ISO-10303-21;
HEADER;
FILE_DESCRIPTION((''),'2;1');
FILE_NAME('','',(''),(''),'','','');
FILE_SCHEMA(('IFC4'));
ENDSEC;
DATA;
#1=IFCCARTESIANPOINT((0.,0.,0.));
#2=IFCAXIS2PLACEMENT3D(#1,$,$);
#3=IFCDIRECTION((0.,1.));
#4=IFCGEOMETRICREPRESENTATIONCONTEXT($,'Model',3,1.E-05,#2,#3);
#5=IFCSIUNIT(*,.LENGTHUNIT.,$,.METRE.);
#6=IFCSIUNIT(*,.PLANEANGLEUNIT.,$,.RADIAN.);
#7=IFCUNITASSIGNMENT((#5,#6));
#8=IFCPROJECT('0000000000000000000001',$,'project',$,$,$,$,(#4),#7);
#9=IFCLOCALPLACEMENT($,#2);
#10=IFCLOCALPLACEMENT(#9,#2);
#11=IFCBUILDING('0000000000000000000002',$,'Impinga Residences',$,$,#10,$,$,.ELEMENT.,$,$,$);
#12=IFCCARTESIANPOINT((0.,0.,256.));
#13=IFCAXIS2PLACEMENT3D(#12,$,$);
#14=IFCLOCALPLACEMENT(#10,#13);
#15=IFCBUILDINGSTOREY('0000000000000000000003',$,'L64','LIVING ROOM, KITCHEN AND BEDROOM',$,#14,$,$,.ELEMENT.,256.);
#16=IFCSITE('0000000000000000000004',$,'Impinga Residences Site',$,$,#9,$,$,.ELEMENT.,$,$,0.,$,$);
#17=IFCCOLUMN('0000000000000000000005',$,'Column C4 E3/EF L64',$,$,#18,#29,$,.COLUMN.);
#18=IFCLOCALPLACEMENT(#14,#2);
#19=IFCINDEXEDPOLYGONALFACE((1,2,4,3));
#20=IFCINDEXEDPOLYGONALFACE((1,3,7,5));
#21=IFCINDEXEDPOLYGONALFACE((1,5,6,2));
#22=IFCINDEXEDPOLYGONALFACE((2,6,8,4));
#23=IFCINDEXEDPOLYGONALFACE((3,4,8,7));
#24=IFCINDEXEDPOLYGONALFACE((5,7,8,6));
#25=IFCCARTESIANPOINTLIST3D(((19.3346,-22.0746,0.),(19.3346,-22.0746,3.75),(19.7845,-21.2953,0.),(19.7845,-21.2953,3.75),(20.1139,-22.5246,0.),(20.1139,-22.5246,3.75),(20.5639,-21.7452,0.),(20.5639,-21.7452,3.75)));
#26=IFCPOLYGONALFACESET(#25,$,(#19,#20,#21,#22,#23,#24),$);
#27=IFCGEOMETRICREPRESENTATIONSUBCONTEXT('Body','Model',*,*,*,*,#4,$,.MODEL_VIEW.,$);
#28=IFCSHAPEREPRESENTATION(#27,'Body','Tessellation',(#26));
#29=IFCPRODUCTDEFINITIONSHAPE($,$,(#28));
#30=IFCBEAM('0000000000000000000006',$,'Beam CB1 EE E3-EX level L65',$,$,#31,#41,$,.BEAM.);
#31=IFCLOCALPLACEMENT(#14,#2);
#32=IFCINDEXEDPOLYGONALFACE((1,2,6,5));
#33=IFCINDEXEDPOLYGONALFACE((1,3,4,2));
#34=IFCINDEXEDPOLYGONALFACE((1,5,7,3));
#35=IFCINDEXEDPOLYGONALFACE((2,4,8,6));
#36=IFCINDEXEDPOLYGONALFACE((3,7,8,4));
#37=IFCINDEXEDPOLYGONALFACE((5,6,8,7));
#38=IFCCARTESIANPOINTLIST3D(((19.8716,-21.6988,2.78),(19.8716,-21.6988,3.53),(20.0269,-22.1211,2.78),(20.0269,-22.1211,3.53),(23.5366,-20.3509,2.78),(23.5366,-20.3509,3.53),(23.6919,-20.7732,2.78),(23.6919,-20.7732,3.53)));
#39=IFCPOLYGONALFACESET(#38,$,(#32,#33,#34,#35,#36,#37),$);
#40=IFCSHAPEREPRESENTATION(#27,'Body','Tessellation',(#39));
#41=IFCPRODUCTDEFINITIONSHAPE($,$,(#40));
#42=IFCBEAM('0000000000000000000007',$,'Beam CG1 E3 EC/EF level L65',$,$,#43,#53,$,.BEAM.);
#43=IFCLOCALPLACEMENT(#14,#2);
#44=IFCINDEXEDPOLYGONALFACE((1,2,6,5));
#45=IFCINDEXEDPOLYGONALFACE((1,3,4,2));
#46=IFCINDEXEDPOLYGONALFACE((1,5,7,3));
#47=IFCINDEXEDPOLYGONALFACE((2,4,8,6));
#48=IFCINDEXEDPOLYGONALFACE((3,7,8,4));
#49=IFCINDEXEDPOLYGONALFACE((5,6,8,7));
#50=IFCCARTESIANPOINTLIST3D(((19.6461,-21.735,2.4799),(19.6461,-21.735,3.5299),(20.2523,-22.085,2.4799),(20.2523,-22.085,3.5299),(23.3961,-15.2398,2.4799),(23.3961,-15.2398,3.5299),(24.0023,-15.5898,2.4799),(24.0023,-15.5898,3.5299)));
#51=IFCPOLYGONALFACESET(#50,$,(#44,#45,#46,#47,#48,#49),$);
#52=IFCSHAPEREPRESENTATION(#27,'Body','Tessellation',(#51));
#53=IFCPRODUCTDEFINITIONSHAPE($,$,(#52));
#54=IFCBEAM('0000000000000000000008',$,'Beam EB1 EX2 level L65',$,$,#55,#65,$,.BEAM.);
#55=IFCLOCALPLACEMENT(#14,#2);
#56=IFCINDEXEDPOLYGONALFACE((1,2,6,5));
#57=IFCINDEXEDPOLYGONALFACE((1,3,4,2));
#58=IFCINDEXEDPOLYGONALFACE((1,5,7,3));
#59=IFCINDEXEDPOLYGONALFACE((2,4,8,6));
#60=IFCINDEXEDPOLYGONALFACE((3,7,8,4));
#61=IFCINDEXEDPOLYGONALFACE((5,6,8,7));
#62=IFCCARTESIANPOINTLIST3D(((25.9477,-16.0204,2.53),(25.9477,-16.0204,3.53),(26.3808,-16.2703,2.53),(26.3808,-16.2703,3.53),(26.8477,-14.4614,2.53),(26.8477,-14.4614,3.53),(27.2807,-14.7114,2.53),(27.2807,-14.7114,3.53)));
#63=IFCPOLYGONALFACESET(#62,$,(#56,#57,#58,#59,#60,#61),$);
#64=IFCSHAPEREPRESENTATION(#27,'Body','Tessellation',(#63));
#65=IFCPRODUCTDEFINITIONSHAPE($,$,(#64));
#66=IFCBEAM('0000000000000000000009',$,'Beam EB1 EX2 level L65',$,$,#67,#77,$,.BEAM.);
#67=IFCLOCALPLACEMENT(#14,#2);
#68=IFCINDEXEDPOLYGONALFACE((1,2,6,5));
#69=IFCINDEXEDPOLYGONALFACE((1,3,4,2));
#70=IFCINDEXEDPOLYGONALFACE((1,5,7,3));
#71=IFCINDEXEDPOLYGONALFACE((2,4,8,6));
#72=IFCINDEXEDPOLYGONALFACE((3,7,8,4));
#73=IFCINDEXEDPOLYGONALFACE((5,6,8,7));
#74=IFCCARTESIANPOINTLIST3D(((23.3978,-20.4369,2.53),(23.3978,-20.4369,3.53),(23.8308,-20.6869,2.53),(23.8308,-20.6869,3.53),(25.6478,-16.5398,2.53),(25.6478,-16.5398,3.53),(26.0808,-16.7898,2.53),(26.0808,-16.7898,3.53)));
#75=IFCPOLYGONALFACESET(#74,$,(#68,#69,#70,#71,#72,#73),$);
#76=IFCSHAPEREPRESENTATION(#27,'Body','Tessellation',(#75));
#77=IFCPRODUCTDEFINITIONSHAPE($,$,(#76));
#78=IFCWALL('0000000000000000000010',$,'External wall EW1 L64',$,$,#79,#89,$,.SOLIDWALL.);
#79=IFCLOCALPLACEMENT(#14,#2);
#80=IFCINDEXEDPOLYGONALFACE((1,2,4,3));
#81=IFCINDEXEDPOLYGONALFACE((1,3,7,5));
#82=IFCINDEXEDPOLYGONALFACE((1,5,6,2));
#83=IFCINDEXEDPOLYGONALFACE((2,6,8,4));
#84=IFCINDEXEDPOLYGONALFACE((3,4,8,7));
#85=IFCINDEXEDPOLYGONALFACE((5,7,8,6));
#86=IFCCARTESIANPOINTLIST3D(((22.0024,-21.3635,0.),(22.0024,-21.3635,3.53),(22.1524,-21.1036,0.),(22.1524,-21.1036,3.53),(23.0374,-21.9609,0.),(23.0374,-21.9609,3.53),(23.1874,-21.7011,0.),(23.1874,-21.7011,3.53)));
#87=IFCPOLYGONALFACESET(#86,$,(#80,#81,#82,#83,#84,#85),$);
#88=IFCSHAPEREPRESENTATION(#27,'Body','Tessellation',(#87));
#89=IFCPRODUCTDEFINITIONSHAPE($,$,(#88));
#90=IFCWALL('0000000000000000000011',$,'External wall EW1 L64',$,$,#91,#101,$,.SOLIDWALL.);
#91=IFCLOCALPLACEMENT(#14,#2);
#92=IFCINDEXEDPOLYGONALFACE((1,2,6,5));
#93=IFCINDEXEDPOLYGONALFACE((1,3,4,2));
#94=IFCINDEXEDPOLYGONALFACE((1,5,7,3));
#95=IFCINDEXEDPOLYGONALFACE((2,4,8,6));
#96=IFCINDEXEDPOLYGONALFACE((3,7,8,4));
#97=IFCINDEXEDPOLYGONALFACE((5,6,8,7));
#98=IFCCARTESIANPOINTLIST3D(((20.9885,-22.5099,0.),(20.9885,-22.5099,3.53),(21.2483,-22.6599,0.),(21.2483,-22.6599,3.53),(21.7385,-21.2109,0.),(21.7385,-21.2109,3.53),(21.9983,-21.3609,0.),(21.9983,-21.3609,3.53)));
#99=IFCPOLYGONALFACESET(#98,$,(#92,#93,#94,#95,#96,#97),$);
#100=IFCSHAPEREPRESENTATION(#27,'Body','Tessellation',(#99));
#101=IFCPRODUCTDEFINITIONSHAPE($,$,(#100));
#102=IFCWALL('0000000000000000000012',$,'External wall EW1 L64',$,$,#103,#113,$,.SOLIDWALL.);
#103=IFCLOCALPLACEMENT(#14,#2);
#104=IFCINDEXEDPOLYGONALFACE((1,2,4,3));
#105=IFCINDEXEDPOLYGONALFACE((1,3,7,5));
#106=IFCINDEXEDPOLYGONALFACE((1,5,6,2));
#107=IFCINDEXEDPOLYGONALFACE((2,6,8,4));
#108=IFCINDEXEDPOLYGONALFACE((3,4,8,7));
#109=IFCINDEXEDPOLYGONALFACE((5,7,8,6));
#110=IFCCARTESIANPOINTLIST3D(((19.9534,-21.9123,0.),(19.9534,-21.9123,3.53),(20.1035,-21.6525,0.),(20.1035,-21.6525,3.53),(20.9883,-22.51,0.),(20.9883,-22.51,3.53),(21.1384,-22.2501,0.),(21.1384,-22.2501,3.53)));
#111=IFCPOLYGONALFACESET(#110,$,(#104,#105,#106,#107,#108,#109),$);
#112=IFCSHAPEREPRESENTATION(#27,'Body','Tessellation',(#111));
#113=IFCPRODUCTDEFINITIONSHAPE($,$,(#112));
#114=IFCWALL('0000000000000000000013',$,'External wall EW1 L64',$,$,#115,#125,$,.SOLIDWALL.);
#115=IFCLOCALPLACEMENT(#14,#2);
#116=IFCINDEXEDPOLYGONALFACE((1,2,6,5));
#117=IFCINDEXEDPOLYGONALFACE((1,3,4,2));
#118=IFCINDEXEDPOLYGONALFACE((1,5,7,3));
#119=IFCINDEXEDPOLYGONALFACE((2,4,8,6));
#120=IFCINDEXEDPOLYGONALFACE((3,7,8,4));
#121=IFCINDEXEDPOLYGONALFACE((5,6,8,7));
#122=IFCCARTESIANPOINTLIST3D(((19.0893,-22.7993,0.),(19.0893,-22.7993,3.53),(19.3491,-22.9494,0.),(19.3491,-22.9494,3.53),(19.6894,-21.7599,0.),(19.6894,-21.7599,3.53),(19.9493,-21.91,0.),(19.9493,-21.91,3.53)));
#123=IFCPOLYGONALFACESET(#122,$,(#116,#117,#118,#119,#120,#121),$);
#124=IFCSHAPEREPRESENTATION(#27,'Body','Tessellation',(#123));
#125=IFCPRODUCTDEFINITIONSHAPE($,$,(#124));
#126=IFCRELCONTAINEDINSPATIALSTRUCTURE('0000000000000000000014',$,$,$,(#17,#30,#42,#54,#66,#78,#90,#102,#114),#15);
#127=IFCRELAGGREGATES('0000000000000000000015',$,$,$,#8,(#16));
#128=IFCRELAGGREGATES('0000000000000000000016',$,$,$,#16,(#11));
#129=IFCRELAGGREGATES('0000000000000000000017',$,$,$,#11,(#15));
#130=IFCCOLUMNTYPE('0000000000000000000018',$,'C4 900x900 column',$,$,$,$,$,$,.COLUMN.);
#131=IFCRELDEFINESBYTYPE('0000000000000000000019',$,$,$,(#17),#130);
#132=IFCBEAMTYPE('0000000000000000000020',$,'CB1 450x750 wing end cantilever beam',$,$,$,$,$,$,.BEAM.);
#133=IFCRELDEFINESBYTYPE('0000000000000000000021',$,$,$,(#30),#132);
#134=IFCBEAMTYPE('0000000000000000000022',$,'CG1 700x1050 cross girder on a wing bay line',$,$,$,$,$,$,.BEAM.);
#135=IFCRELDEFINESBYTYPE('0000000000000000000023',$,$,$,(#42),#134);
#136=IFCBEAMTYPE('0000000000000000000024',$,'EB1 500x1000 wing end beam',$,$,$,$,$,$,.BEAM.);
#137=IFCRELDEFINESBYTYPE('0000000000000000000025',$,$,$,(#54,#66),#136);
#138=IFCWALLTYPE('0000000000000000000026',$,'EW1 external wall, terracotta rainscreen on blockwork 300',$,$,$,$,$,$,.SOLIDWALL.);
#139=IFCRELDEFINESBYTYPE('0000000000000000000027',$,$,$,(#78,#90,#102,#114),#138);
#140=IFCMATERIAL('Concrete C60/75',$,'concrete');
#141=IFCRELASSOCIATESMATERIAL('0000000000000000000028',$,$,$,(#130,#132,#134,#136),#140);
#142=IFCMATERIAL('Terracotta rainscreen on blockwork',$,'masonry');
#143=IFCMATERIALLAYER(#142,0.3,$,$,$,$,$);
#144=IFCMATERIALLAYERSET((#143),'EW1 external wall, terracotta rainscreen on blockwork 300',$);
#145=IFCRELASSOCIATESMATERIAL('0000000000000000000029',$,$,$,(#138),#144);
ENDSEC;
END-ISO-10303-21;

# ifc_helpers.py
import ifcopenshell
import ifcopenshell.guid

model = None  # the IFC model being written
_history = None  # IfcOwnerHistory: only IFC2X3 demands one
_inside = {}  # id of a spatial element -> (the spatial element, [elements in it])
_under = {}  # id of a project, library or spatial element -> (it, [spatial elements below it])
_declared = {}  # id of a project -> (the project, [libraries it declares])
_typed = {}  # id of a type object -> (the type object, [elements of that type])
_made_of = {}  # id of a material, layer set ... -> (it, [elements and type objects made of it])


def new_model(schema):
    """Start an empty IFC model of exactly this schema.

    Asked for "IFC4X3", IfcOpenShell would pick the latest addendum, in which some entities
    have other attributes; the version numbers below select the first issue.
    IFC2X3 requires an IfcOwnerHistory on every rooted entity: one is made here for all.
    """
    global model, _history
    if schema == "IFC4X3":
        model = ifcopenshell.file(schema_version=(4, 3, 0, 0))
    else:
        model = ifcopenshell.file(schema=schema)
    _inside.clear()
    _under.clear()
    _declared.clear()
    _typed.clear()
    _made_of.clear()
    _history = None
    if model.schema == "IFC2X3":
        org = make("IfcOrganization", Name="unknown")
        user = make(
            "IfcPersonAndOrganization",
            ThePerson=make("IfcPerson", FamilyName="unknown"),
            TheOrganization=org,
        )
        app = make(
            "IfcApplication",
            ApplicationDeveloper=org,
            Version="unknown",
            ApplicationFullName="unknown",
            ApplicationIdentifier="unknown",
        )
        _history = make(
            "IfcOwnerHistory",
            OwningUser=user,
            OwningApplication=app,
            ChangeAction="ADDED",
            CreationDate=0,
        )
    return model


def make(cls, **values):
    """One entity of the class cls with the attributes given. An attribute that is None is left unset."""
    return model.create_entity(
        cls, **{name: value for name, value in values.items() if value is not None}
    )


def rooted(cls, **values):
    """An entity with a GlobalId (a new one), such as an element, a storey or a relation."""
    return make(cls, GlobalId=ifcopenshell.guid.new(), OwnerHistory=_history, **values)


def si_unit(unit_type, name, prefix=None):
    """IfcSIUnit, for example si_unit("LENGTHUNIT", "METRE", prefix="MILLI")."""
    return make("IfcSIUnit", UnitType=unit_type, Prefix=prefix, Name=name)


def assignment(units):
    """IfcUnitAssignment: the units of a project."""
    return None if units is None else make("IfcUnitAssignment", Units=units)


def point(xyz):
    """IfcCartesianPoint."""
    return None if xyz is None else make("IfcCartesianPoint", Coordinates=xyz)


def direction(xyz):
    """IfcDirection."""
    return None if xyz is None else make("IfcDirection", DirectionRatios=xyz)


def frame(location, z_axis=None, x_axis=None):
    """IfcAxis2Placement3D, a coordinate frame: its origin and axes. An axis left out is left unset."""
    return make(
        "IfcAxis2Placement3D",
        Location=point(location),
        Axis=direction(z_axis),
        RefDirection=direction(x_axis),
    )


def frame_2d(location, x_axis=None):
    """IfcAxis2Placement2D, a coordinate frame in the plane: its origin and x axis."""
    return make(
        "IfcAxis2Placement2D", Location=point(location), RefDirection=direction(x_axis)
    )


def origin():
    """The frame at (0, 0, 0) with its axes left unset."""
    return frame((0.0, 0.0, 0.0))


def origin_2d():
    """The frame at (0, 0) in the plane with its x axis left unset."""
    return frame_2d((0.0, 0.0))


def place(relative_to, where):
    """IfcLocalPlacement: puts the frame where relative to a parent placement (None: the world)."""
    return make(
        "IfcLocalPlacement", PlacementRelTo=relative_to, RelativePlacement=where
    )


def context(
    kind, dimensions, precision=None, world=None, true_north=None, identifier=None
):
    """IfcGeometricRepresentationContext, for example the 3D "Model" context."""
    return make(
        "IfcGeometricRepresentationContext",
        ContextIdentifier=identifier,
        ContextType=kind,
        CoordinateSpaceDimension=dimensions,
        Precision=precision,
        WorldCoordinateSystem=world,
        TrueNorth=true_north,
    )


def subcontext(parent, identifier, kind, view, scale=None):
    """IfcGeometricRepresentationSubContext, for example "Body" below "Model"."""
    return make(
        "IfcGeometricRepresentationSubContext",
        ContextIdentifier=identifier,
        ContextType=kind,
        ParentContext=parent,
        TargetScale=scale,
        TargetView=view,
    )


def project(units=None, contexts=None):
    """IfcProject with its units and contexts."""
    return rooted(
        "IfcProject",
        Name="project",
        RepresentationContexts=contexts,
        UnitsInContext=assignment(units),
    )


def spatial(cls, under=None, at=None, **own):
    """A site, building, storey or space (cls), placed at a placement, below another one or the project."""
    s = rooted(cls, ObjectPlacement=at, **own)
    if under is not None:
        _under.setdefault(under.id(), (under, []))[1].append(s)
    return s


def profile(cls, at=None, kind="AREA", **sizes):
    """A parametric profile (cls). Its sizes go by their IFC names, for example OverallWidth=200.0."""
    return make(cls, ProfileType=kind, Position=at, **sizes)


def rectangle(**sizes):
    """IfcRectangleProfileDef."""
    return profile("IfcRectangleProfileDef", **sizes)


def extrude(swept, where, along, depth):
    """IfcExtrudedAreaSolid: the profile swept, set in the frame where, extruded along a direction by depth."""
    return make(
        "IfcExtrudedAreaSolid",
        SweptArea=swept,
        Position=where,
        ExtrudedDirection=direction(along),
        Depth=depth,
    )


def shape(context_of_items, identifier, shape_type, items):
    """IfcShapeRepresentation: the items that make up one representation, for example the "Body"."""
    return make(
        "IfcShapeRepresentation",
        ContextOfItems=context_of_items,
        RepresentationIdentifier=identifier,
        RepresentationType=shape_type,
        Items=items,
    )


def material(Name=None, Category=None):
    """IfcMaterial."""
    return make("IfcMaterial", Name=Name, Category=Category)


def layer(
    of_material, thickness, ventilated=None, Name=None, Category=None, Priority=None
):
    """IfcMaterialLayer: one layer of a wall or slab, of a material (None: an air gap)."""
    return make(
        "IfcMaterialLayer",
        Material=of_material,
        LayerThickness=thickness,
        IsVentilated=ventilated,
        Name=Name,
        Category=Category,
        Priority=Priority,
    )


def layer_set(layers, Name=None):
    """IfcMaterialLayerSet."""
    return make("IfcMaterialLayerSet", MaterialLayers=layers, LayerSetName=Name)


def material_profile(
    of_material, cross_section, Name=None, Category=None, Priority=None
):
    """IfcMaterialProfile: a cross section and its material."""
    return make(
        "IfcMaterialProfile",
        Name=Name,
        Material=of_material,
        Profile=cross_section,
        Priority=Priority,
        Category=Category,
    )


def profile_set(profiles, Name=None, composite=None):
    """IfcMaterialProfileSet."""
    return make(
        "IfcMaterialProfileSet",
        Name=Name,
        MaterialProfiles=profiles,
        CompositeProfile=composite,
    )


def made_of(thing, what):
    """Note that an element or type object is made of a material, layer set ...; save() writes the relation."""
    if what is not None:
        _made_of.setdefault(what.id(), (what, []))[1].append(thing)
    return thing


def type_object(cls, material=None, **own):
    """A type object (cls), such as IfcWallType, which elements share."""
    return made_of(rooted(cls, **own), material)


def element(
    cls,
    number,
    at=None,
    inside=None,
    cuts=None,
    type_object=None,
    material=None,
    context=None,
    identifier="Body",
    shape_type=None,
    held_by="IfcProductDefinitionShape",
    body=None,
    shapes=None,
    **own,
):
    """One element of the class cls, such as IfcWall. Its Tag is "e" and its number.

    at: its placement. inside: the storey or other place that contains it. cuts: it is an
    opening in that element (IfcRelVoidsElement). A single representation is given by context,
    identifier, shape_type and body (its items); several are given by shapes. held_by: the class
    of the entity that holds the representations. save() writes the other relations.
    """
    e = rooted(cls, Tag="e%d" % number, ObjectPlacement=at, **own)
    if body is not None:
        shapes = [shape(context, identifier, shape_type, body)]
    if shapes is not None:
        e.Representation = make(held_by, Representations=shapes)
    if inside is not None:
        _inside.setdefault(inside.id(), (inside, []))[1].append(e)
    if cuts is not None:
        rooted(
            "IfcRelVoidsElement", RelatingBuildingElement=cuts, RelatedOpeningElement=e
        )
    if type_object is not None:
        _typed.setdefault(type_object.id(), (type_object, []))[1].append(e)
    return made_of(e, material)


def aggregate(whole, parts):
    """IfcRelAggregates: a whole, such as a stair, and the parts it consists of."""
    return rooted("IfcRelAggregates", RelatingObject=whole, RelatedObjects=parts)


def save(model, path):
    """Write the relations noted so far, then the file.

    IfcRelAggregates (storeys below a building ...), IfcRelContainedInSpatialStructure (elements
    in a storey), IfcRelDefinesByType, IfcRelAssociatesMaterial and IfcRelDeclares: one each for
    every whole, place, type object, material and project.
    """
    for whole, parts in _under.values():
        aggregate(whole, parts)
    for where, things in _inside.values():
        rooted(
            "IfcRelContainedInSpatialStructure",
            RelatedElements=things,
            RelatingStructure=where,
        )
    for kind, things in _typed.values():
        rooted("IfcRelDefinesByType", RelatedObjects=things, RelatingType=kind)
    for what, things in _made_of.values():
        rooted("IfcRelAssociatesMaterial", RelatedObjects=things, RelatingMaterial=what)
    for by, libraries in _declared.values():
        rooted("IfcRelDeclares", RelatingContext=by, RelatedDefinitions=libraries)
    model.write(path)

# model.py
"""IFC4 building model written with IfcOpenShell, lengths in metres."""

from ifc_helpers import new_model, si_unit, direction, frame, frame_2d, origin, origin_2d, place, context, subcontext, project, spatial, rectangle, extrude, material, layer, layer_set, material_profile, profile_set, type_object, element, save


model = new_model("IFC4")

# Units and contexts
model_context = context("Model", 3, precision=1e-05, world=origin(), true_north=direction((0.0, 1.0)))
body_context = subcontext(model_context, "Body", "Model", "MODEL_VIEW")
ifc_project = project(units=[si_unit("LENGTHUNIT", "METRE"), si_unit("PLANEANGLEUNIT", "RADIAN")], contexts=[model_context])

# Site, building, storey
site_placement = place(None, origin())
site = spatial("IfcSite", under=ifc_project, at=site_placement, Name="Impinga Residences Site", CompositionType="ELEMENT", RefElevation=0.0)
building_placement = place(site_placement, origin())
building = spatial("IfcBuilding", under=site, at=building_placement, Name="Impinga Residences", CompositionType="ELEMENT")
storey_placement = place(building_placement, frame((0.0, 0.0, 256.0)))
storey = spatial("IfcBuildingStorey", under=building, at=storey_placement, Name="L64", Description="LIVING ROOM, KITCHEN AND BEDROOM", CompositionType="ELEMENT", Elevation=256.0)

# Column
ifc_material_1 = material(Name="Concrete C60/75", Category="concrete")
ifc_material_profile_1 = material_profile(ifc_material_1, rectangle(XDim=0.8999, YDim=0.8999, at=origin_2d()), Name="RC 900x900")
ifc_profile_set_1 = profile_set([ifc_material_profile_1], Name="Concrete C60/75")
column_type = type_object("IfcColumnType", Name="C4 900x900 column", PredefinedType="COLUMN", material=ifc_profile_set_1)
column_placement = place(storey_placement, frame((19.9492, -21.9099, 0.0), z_axis=(0.0, 0.0, 1.0), x_axis=(-0.5, -0.866025, 0.0)))
element("IfcColumn", 1, at=column_placement, inside=storey, type_object=column_type, Name="Column C4 E3/EF L64", PredefinedType="COLUMN", context=body_context, shape_type="SweptSolid", body=[
    extrude(rectangle(XDim=0.8999, YDim=0.8999, at=origin_2d()), origin(), (0.0, 0.0, 1.0), 3.75),
])

# Beams
ifc_material_profile_2 = material_profile(ifc_material_1, rectangle(XDim=0.45, YDim=0.75, at=origin_2d()), Name="RC 450x750")
ifc_profile_set_2 = profile_set([ifc_material_profile_2], Name="Concrete C60/75")
beam_type_1 = type_object("IfcBeamType", Name="CB1 450x750 wing end cantilever beam", PredefinedType="BEAM", material=ifc_profile_set_2)
beam_1_placement = place(storey_placement, frame((19.9492, -21.9099, 3.155), z_axis=(0.93854, 0.345169, 0.0), x_axis=(-0.345169, 0.93854, 0.0)))
element("IfcBeam", 2, at=beam_1_placement, inside=storey, type_object=beam_type_1, Name="Beam CB1 EE E3-EX level L65", PredefinedType="BEAM", context=body_context, shape_type="SweptSolid", body=[
    extrude(rectangle(XDim=0.45, YDim=0.75, at=origin_2d()), origin(), (0.0, 0.0, 1.0), 3.905),
])
ifc_material_profile_3 = material_profile(ifc_material_1, rectangle(XDim=0.7, YDim=1.05, at=origin_2d()), Name="RC 700x1050")
ifc_profile_set_3 = profile_set([ifc_material_profile_3], Name="Concrete C60/75")
beam_type_2 = type_object("IfcBeamType", Name="CG1 700x1050 cross girder on a wing bay line", PredefinedType="BEAM", material=ifc_profile_set_3)
beam_2_placement = place(storey_placement, frame((23.6992, -15.4148, 3.0049), z_axis=(-0.500004, -0.866023, 0.0), x_axis=(0.866023, -0.500004, 0.0)))
element("IfcBeam", 3, at=beam_2_placement, inside=storey, type_object=beam_type_2, Name="Beam CG1 E3 EC/EF level L65", PredefinedType="BEAM", context=body_context, shape_type="SweptSolid", body=[
    extrude(rectangle(XDim=0.7, YDim=1.05, at=origin_2d()), origin(), (0.0, 0.0, 1.0), 7.5),
])
ifc_material_profile_4 = material_profile(ifc_material_1, rectangle(XDim=0.5, YDim=1.0, at=origin_2d()), Name="RC 500x1000")
ifc_profile_set_4 = profile_set([ifc_material_profile_4], Name="Concrete C60/75")
beam_type_3 = type_object("IfcBeamType", Name="EB1 500x1000 wing end beam", PredefinedType="BEAM", material=ifc_profile_set_4)
beam_3_placement = place(storey_placement, frame((27.0642, -14.5864, 3.03), z_axis=(-0.499961, -0.866048, 0.0), x_axis=(0.866048, -0.499961, 0.0)))
element("IfcBeam", 4, at=beam_3_placement, inside=storey, type_object=beam_type_3, Name="Beam EB1 EX2 level L65", PredefinedType="BEAM", context=body_context, shape_type="SweptSolid", body=[
    extrude(rectangle(XDim=0.5, YDim=1.0, at=origin_2d()), origin(), (0.0, 0.0, 1.0), 1.8),
])
beam_4_placement = place(storey_placement, frame((25.8643, -16.6648, 3.03), z_axis=(-0.49999, -0.866031, 0.0), x_axis=(0.866031, -0.49999, 0.0)))
element("IfcBeam", 5, at=beam_4_placement, inside=storey, type_object=beam_type_3, Name="Beam EB1 EX2 level L65", PredefinedType="BEAM", context=body_context, shape_type="SweptSolid", body=[
    extrude(rectangle(XDim=0.5, YDim=1.0, at=origin_2d()), origin(), (0.0, 0.0, 1.0), 4.5),
])

# Walls
ifc_material_2 = material(Name="Terracotta rainscreen on blockwork", Category="masonry")
ifc_layer_1 = layer(ifc_material_2, 0.3)
ifc_layer_set_1 = layer_set([ifc_layer_1], Name="EW1 external wall, terracotta rainscreen on blockwork 300")
wall_type_1 = type_object("IfcWallType", Name="EW1 external wall, terracotta rainscreen on blockwork 300", PredefinedType="SOLIDWALL", material=ifc_layer_set_1)
wall_1_placement = place(storey_placement, frame((23.1125, -21.8311, 0.0), z_axis=(0.0, 0.0, 1.0), x_axis=(-0.86606, 0.499941, 0.0)))
element("IfcWall", 6, at=wall_1_placement, inside=storey, type_object=wall_type_1, Name="External wall EW1 L64", PredefinedType="SOLIDWALL", context=body_context, shape_type="SweptSolid", body=[
    extrude(rectangle(XDim=1.1951, YDim=0.3, at=frame_2d((0.5977, 0.0))), origin(), (0.0, 0.0, 1.0), 3.53),
])
wall_2_placement = place(storey_placement, frame((21.8684, -21.2859, 0.0), z_axis=(0.0, 0.0, 1.0), x_axis=(-0.49999, -0.866031, 0.0)))
element("IfcWall", 7, at=wall_2_placement, inside=storey, type_object=wall_type_1, Name="External wall EW1 L64", PredefinedType="SOLIDWALL", context=body_context, shape_type="SweptSolid", body=[
    extrude(rectangle(XDim=1.5, YDim=0.3, at=frame_2d((0.75, 0.0))), origin(), (0.0, 0.0, 1.0), 3.53),
])
wall_3_placement = place(storey_placement, frame((21.0635, -22.3801, 0.0), z_axis=(0.0, 0.0, 1.0), x_axis=(-0.865971, 0.500094, 0.0)))
element("IfcWall", 8, at=wall_3_placement, inside=storey, type_object=wall_type_1, Name="External wall EW1 L64", PredefinedType="SOLIDWALL", context=body_context, shape_type="SweptSolid", body=[
    extrude(rectangle(XDim=1.1951, YDim=0.3, at=frame_2d((0.5977, 0.0))), origin(), (0.0, 0.0, 1.0), 3.53),
])
wall_4_placement = place(storey_placement, frame((19.8193, -21.835, 0.0), z_axis=(0.0, 0.0, 1.0), x_axis=(-0.500034, -0.866006, 0.0)))
element("IfcWall", 9, at=wall_4_placement, inside=storey, type_object=wall_type_1, Name="External wall EW1 L64", PredefinedType="SOLIDWALL", context=body_context, shape_type="SweptSolid", body=[
    extrude(rectangle(XDim=1.2002, YDim=0.3, at=frame_2d((0.6001, 0.0))), origin(), (0.0, 0.0, 1.0), 3.53),
])

save(model, "model.ifc")
